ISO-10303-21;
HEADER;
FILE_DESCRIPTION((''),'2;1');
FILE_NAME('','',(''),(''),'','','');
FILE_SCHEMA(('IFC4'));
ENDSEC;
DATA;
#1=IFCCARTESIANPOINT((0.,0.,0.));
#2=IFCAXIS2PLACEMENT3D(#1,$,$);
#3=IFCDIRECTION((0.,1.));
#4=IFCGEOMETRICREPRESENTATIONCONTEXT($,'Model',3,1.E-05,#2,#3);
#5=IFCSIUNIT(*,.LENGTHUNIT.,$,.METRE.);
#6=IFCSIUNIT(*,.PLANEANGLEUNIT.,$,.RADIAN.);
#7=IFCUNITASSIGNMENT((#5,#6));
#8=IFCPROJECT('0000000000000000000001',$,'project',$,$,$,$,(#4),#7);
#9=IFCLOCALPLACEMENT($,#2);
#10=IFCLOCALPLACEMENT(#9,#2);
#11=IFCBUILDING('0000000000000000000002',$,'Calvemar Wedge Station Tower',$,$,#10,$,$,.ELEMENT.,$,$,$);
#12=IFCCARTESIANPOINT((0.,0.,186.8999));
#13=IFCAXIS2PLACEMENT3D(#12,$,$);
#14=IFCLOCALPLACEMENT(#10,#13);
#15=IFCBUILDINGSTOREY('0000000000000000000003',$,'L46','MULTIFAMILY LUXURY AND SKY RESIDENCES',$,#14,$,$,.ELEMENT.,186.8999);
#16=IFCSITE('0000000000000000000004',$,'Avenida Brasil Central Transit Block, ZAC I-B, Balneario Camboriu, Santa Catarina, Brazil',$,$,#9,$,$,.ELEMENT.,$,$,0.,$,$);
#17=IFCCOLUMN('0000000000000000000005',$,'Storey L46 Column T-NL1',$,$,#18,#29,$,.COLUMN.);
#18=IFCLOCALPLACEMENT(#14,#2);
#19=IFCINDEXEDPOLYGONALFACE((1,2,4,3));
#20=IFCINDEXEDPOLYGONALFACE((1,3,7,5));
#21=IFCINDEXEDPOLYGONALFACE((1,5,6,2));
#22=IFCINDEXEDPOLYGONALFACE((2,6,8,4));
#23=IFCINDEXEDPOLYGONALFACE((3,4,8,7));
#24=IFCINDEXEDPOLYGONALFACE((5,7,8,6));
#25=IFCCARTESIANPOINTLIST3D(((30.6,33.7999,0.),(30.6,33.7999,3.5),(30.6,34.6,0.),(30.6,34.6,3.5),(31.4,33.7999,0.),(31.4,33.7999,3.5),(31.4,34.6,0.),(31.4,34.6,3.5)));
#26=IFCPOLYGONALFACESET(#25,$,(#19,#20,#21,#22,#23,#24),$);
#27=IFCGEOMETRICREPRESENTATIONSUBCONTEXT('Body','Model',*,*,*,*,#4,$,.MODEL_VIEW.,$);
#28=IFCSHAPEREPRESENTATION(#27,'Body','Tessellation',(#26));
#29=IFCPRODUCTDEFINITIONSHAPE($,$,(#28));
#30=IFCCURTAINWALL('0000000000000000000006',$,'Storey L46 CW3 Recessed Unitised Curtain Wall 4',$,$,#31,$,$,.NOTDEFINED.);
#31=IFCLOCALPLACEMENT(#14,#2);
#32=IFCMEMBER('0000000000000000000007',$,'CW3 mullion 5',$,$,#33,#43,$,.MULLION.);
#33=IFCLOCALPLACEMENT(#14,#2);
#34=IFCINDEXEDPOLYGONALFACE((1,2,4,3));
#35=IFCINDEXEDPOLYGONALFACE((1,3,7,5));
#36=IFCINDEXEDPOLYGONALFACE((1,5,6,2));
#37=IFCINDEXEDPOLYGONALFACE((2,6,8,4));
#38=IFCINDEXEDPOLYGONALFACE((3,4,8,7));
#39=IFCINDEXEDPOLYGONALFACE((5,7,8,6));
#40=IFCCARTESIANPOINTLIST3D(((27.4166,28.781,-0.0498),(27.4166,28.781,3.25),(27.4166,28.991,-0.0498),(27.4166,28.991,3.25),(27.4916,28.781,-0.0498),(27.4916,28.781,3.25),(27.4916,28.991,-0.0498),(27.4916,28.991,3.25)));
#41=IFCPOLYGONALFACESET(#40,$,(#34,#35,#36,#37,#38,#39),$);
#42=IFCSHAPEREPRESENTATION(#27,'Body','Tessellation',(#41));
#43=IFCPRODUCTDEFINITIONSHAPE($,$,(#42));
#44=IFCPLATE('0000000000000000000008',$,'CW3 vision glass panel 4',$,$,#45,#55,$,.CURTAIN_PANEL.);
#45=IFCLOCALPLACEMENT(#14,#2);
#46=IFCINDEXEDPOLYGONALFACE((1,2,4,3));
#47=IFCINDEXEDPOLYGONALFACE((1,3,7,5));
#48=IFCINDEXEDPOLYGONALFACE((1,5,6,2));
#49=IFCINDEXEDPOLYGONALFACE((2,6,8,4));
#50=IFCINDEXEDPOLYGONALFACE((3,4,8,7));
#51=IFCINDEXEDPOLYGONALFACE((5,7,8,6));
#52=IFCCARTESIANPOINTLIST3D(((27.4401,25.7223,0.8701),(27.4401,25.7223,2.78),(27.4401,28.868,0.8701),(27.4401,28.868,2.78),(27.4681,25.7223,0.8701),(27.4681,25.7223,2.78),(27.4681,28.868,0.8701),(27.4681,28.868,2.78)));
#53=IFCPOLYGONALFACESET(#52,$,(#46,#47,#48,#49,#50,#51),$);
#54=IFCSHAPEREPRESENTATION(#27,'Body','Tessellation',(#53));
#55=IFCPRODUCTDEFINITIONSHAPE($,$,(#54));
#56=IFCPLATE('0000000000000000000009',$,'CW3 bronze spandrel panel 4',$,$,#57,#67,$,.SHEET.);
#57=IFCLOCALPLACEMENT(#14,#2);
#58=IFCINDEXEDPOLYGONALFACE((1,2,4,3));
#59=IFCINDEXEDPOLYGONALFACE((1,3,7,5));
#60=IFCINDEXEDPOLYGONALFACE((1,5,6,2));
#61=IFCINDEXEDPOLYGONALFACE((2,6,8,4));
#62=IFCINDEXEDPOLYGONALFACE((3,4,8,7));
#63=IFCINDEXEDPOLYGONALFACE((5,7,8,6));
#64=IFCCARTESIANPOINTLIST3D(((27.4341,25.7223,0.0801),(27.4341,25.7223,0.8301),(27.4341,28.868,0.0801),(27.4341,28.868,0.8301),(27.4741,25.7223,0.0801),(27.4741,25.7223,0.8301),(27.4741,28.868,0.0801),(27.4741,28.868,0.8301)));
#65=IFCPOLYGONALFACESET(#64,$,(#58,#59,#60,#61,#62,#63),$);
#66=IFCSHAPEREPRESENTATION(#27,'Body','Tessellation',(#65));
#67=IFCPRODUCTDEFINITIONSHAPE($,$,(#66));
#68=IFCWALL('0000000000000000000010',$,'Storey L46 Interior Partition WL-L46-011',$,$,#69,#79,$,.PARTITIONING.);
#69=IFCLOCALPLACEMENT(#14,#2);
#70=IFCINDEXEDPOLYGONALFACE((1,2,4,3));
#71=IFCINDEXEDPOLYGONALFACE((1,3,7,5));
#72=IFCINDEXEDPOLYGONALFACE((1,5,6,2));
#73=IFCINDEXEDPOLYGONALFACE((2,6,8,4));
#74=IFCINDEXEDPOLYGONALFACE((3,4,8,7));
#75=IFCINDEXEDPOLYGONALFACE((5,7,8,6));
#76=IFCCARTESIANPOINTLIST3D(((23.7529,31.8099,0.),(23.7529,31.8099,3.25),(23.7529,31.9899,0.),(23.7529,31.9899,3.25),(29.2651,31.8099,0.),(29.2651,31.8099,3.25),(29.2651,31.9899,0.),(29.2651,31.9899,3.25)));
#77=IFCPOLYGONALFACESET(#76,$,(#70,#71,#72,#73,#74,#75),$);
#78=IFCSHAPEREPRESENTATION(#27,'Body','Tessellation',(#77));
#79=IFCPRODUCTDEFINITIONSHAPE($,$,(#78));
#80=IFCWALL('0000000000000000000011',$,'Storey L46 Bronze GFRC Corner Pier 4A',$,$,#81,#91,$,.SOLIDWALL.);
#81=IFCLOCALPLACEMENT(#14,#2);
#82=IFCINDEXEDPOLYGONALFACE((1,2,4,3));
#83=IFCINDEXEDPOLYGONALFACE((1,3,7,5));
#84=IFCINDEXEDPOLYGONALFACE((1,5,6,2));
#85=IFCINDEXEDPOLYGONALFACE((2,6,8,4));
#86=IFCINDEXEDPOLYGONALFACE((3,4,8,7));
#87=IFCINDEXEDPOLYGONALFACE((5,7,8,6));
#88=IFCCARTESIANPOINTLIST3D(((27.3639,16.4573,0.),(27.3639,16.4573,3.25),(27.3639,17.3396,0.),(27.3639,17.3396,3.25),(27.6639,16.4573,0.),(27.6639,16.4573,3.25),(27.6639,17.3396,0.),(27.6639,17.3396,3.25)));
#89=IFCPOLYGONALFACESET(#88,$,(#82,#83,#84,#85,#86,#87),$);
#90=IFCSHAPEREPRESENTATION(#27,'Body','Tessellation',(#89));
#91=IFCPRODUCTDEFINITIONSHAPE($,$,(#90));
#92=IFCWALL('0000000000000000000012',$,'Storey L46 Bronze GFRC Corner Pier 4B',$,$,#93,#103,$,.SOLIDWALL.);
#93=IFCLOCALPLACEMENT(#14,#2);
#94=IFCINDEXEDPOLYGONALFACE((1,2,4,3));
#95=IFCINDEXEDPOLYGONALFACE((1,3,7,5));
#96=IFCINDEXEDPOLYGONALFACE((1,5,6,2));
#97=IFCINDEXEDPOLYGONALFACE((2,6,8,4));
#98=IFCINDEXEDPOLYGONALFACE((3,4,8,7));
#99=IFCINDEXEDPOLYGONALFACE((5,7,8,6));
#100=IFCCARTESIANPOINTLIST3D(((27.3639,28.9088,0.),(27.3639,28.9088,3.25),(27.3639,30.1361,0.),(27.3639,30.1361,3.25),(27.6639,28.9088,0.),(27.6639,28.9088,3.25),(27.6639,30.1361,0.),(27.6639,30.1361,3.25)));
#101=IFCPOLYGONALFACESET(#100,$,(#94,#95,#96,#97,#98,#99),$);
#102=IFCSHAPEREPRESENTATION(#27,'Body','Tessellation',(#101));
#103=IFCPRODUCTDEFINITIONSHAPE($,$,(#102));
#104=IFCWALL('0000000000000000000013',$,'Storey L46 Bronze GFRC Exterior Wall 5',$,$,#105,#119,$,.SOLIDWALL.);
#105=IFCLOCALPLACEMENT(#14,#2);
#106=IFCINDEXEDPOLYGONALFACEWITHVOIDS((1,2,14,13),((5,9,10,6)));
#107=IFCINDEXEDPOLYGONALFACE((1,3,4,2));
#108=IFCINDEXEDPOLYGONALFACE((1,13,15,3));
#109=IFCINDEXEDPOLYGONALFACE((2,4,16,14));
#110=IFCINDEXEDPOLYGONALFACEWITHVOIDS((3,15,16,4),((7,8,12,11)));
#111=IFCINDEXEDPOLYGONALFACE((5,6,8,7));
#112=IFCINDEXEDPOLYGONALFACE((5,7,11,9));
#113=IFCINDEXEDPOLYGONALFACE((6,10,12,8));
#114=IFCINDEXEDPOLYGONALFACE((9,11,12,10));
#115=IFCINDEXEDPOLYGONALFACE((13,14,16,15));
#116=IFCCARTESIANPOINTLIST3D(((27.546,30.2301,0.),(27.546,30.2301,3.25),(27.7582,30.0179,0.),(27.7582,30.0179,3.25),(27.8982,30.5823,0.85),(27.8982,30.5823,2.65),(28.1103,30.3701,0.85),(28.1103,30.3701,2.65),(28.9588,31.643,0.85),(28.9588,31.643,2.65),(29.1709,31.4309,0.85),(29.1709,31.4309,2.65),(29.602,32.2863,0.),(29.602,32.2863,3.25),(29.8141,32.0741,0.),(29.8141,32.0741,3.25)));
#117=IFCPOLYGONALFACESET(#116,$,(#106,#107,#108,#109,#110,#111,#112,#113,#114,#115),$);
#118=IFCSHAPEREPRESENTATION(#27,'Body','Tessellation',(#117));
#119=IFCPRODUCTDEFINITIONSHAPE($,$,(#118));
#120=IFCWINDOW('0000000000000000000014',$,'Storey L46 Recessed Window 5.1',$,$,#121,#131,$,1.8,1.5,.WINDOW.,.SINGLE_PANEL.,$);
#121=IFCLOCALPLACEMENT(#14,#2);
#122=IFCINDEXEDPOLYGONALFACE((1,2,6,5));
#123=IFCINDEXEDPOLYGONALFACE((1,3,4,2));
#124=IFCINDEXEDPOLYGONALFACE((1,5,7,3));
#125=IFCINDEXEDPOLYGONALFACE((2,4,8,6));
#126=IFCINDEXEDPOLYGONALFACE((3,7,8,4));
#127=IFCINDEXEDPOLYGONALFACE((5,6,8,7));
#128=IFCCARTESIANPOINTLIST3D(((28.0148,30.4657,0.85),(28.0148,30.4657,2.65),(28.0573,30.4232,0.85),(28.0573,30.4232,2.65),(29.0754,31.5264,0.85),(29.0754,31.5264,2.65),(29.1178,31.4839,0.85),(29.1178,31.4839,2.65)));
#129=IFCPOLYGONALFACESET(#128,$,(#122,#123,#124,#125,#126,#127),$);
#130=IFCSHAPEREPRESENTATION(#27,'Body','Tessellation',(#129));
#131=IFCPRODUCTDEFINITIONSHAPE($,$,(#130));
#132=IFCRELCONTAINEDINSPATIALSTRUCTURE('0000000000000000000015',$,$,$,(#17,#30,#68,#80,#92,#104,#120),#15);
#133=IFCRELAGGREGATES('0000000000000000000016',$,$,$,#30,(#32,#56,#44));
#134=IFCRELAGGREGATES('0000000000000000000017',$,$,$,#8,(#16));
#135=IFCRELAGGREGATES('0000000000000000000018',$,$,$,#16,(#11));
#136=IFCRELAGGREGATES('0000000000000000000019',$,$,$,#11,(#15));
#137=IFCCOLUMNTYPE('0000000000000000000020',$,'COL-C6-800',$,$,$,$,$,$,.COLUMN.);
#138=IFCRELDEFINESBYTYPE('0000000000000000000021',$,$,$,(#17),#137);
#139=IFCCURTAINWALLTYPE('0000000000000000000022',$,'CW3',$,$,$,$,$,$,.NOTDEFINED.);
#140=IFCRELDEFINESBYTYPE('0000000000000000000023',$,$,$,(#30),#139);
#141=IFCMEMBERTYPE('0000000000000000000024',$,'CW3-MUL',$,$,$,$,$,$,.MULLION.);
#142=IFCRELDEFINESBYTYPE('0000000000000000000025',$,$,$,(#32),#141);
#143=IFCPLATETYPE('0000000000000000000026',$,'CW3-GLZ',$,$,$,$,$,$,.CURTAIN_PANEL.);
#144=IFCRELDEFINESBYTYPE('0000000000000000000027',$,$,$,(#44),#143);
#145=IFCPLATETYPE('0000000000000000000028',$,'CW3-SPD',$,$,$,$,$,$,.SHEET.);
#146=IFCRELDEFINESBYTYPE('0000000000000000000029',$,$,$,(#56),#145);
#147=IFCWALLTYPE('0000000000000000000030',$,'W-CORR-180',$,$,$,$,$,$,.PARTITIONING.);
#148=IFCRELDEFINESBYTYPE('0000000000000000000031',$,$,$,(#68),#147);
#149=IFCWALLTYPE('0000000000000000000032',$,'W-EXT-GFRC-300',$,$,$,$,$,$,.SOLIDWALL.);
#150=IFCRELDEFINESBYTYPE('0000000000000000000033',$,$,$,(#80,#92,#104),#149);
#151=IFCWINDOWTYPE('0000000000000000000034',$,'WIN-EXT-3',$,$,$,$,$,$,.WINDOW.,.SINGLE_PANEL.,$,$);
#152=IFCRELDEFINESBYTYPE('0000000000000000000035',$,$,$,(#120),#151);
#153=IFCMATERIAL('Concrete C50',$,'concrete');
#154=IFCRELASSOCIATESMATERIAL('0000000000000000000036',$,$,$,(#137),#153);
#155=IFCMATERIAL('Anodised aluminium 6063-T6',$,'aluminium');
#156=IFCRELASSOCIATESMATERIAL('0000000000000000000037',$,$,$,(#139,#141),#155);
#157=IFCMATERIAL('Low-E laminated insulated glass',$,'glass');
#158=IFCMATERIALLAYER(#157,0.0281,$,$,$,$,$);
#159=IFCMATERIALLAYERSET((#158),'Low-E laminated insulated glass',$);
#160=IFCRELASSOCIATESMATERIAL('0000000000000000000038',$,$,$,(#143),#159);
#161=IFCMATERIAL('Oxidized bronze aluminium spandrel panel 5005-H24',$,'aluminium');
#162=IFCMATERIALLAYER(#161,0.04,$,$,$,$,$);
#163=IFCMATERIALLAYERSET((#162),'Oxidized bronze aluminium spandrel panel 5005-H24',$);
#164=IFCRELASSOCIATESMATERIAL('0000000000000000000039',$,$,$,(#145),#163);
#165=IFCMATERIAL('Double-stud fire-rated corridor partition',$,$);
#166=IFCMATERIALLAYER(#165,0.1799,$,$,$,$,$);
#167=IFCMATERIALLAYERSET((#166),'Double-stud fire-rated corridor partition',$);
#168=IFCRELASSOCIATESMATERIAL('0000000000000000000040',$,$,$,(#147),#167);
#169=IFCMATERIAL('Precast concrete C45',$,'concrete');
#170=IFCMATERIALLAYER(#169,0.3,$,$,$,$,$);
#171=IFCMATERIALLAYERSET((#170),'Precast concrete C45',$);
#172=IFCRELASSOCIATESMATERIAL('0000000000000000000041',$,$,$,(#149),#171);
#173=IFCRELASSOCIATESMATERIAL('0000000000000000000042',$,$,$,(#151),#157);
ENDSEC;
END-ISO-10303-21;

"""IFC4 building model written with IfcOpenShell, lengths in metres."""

from ifc_helpers import new_model, si_unit, direction, frame, frame_2d, origin, origin_2d, place, context, subcontext, project, spatial, rectangle, extrude, source, transform, mapped, material, layer, layer_set, material_profile, profile_set, type_object, element, fill, aggregate, save


model = new_model("IFC4")

# Units and contexts
model_context = context("Model", 3, precision=1e-05, world=origin(), true_north=direction((0.0, 1.0)))
body_context = subcontext(model_context, "Body", "Model", "MODEL_VIEW")
ifc_project = project(units=[si_unit("LENGTHUNIT", "METRE"), si_unit("PLANEANGLEUNIT", "RADIAN")], contexts=[model_context])

# Site, building, storey
site_placement = place(None, origin())
site = spatial("IfcSite", under=ifc_project, at=site_placement, Name="Avenida Brasil Central Transit Block, ZAC I-B, Balneario Camboriu, Santa Catarina, Brazil", CompositionType="ELEMENT", RefElevation=0.0)
building_placement = place(site_placement, origin())
building = spatial("IfcBuilding", under=site, at=building_placement, Name="Calvemar Wedge Station Tower", CompositionType="ELEMENT")
storey_placement = place(building_placement, frame((0.0, 0.0, 186.8999)))
storey = spatial("IfcBuildingStorey", under=building, at=storey_placement, Name="L46", Description="MULTIFAMILY LUXURY AND SKY RESIDENCES", CompositionType="ELEMENT", Elevation=186.8999)

# Column
ifc_material_1 = material(Name="Concrete C50", Category="concrete")
ifc_material_profile_1 = material_profile(ifc_material_1, rectangle(XDim=0.8, YDim=0.8, at=origin_2d()), Name="RC800x800")
ifc_profile_set_1 = profile_set([ifc_material_profile_1], Name="Concrete C50")
column_type = type_object("IfcColumnType", Name="COL-C6-800", PredefinedType="COLUMN", material=ifc_profile_set_1)
shared_shape_1 = source(origin(), body_context, "Body", "SweptSolid", [
    extrude(rectangle(XDim=0.8, YDim=0.8, at=origin_2d()), origin(), (0.0, 0.0, 1.0), 3.5),
])
column_placement = place(storey_placement, frame((31.0, 34.2, 0.0), z_axis=(0.0, 0.0, 1.0), x_axis=(1.0, 0.0, 0.0)))
element("IfcColumn", 1, at=column_placement, inside=storey, type_object=column_type, Name="Storey L46 Column T-NL1", PredefinedType="COLUMN", context=body_context, shape_type="MappedRepresentation", body=[
    mapped(shared_shape_1, transform((0.0, 0.0, 0.0), scale=1.0)),
])

# Curtain wall, member, plates
ifc_material_2 = material(Name="Anodised aluminium 6063-T6", Category="aluminium")
curtain_wall_type = type_object("IfcCurtainWallType", Name="CW3", PredefinedType="NOTDEFINED", material=ifc_material_2)
curtain_wall_placement = place(storey_placement, origin())
curtain_wall = element("IfcCurtainWall", 2, at=curtain_wall_placement, inside=storey, type_object=curtain_wall_type, Name="Storey L46 CW3 Recessed Unitised Curtain Wall 4", PredefinedType="NOTDEFINED")
ifc_material_profile_2 = material_profile(ifc_material_2, rectangle(XDim=0.075, YDim=0.21, at=origin_2d()), Name="AL-MUL-75x210")
ifc_profile_set_2 = profile_set([ifc_material_profile_2], Name="Anodised aluminium 6063-T6")
member_type = type_object("IfcMemberType", Name="CW3-MUL", PredefinedType="MULLION", material=ifc_profile_set_2)
shared_shape_2 = source(origin(), body_context, "Body", "SweptSolid", [
    extrude(rectangle(XDim=0.075, YDim=0.21, at=origin_2d()), origin(), (0.0, 0.0, 1.0), 3.2998),
])
member_placement = place(storey_placement, frame((27.4541, 28.886, -0.0498), z_axis=(0.0, 0.0, 1.0), x_axis=(1.0, 0.0, 0.0)))
member = element("IfcMember", 3, at=member_placement, type_object=member_type, Name="CW3 mullion 5", PredefinedType="MULLION", context=body_context, shape_type="MappedRepresentation", body=[
    mapped(shared_shape_2, transform((0.0, 0.0, 0.0), scale=1.0)),
])
ifc_material_3 = material(Name="Low-E laminated insulated glass", Category="glass")
ifc_layer_1 = layer(ifc_material_3, 0.0281)
ifc_layer_set_1 = layer_set([ifc_layer_1], Name="Low-E laminated insulated glass")
plate_type_1 = type_object("IfcPlateType", Name="CW3-GLZ", PredefinedType="CURTAIN_PANEL", material=ifc_layer_set_1)
plate_1_placement = place(storey_placement, frame((27.4541, 25.7224, 0.8701), z_axis=(0.0, 0.0, 1.0), x_axis=(0.0, 1.0, 0.0)))
plate_1 = element("IfcPlate", 4, at=plate_1_placement, type_object=plate_type_1, Name="CW3 vision glass panel 4", PredefinedType="CURTAIN_PANEL", context=body_context, shape_type="SweptSolid", body=[
    extrude(rectangle(XDim=3.1458, YDim=0.0281, at=frame_2d((1.5728, 0.0))), origin(), (0.0, 0.0, 1.0), 1.9099),
])
ifc_material_4 = material(Name="Oxidized bronze aluminium spandrel panel 5005-H24", Category="aluminium")
ifc_layer_2 = layer(ifc_material_4, 0.04)
ifc_layer_set_2 = layer_set([ifc_layer_2], Name="Oxidized bronze aluminium spandrel panel 5005-H24")
plate_type_2 = type_object("IfcPlateType", Name="CW3-SPD", PredefinedType="SHEET", material=ifc_layer_set_2)
plate_2_placement = place(storey_placement, frame((27.4541, 25.7224, 0.0801), z_axis=(0.0, 0.0, 1.0), x_axis=(0.0, 1.0, 0.0)))
plate_2 = element("IfcPlate", 5, at=plate_2_placement, type_object=plate_type_2, Name="CW3 bronze spandrel panel 4", PredefinedType="SHEET", context=body_context, shape_type="SweptSolid", body=[
    extrude(rectangle(XDim=3.1458, YDim=0.04, at=frame_2d((1.5728, 0.0))), origin(), (0.0, 0.0, 1.0), 0.75),
])
aggregate(curtain_wall, [member, plate_2, plate_1])

# Walls
ifc_material_5 = material(Name="Double-stud fire-rated corridor partition")
ifc_layer_3 = layer(ifc_material_5, 0.1799)
ifc_layer_set_3 = layer_set([ifc_layer_3], Name="Double-stud fire-rated corridor partition")
wall_type_1 = type_object("IfcWallType", Name="W-CORR-180", PredefinedType="PARTITIONING", material=ifc_layer_set_3)
wall_1_placement = place(storey_placement, frame((29.2651, 31.8999, 0.0), z_axis=(0.0, 0.0, 1.0), x_axis=(-1.0, 0.0, 0.0)))
element("IfcWall", 6, at=wall_1_placement, inside=storey, type_object=wall_type_1, Name="Storey L46 Interior Partition WL-L46-011", PredefinedType="PARTITIONING", context=body_context, shape_type="SweptSolid", body=[
    extrude(rectangle(XDim=5.5122, YDim=0.1799, at=frame_2d((2.7561, 0.0))), origin(), (0.0, 0.0, 1.0), 3.25),
])
ifc_material_6 = material(Name="Precast concrete C45", Category="concrete")
ifc_layer_4 = layer(ifc_material_6, 0.3)
ifc_layer_set_4 = layer_set([ifc_layer_4], Name="Precast concrete C45")
wall_type_2 = type_object("IfcWallType", Name="W-EXT-GFRC-300", PredefinedType="SOLIDWALL", material=ifc_layer_set_4)
wall_2_placement = place(storey_placement, frame((27.5139, 16.4573, 0.0), z_axis=(0.0, 0.0, 1.0), x_axis=(0.0, 1.0, 0.0)))
element("IfcWall", 7, at=wall_2_placement, inside=storey, type_object=wall_type_2, Name="Storey L46 Bronze GFRC Corner Pier 4A", PredefinedType="SOLIDWALL", context=body_context, shape_type="SweptSolid", body=[
    extrude(rectangle(XDim=0.8823, YDim=0.3, at=frame_2d((0.4412, 0.0))), origin(), (0.0, 0.0, 1.0), 3.25),
])
wall_3_placement = place(storey_placement, frame((27.5139, 28.9087, 0.0), z_axis=(0.0, 0.0, 1.0), x_axis=(0.0, 1.0, 0.0)))
element("IfcWall", 8, at=wall_3_placement, inside=storey, type_object=wall_type_2, Name="Storey L46 Bronze GFRC Corner Pier 4B", PredefinedType="SOLIDWALL", context=body_context, shape_type="SweptSolid", body=[
    extrude(rectangle(XDim=1.2273, YDim=0.3, at=frame_2d((0.6138, 0.0))), origin(), (0.0, 0.0, 1.0), 3.25),
])

# Wall, opening, window
wall_4_placement = place(storey_placement, frame((27.6521, 30.124, 0.0), z_axis=(0.0, 0.0, 1.0), x_axis=(0.707065, 0.707149, 0.0)))
wall_4 = element("IfcWall", 9, at=wall_4_placement, inside=storey, type_object=wall_type_2, Name="Storey L46 Bronze GFRC Exterior Wall 5", PredefinedType="SOLIDWALL", context=body_context, shape_type="SweptSolid", body=[
    extrude(rectangle(XDim=2.9077, YDim=0.3, at=frame_2d((1.4539, 0.0))), origin(), (0.0, 0.0, 1.0), 3.25),
])
shared_shape_3 = source(origin(), body_context, "Body", "SweptSolid", [
    extrude(rectangle(XDim=1.5, YDim=1.8, at=frame_2d((0.75, 0.8999))), frame((0.0, 0.1602, 0.0), z_axis=(0.0, -1.0, 0.0), x_axis=(1.0, 0.0, 0.0)), (0.0, 0.0, 1.0), 0.3201),
])
opening_1_placement = place(wall_4_placement, frame((0.498, 0.0, 0.8501)))
opening_1 = element("IfcOpeningElement", 10, at=opening_1_placement, cuts=wall_4, PredefinedType="OPENING", context=body_context, shape_type="MappedRepresentation", body=[
    mapped(shared_shape_3, transform((0.0, 0.0, 0.0), scale=1.0)),
])
window_type_1 = type_object("IfcWindowType", Name="WIN-EXT-3", PartitioningType="SINGLE_PANEL", PredefinedType="WINDOW", material=ifc_material_3)
shared_shape_4 = source(origin(), body_context, "Body", "SweptSolid", [
    extrude(rectangle(XDim=1.5, YDim=1.8, at=frame_2d((0.75, 0.8999))), frame((0.0, -0.0149, 0.0), z_axis=(0.0, -1.0, 0.0), x_axis=(1.0, 0.0, 0.0)), (0.0, 0.0, 1.0), 0.0601),
])
window_1_placement = place(opening_1_placement, origin())
window_1 = element("IfcWindow", 11, at=window_1_placement, inside=storey, type_object=window_type_1, Name="Storey L46 Recessed Window 5.1", OverallHeight=1.8, OverallWidth=1.5, PartitioningType="SINGLE_PANEL", PredefinedType="WINDOW", context=body_context, shape_type="MappedRepresentation", body=[
    mapped(shared_shape_4, transform((0.0, 0.0, 0.0), scale=1.0)),
])
fill(opening_1, window_1)

save(model, "model.ifc")
